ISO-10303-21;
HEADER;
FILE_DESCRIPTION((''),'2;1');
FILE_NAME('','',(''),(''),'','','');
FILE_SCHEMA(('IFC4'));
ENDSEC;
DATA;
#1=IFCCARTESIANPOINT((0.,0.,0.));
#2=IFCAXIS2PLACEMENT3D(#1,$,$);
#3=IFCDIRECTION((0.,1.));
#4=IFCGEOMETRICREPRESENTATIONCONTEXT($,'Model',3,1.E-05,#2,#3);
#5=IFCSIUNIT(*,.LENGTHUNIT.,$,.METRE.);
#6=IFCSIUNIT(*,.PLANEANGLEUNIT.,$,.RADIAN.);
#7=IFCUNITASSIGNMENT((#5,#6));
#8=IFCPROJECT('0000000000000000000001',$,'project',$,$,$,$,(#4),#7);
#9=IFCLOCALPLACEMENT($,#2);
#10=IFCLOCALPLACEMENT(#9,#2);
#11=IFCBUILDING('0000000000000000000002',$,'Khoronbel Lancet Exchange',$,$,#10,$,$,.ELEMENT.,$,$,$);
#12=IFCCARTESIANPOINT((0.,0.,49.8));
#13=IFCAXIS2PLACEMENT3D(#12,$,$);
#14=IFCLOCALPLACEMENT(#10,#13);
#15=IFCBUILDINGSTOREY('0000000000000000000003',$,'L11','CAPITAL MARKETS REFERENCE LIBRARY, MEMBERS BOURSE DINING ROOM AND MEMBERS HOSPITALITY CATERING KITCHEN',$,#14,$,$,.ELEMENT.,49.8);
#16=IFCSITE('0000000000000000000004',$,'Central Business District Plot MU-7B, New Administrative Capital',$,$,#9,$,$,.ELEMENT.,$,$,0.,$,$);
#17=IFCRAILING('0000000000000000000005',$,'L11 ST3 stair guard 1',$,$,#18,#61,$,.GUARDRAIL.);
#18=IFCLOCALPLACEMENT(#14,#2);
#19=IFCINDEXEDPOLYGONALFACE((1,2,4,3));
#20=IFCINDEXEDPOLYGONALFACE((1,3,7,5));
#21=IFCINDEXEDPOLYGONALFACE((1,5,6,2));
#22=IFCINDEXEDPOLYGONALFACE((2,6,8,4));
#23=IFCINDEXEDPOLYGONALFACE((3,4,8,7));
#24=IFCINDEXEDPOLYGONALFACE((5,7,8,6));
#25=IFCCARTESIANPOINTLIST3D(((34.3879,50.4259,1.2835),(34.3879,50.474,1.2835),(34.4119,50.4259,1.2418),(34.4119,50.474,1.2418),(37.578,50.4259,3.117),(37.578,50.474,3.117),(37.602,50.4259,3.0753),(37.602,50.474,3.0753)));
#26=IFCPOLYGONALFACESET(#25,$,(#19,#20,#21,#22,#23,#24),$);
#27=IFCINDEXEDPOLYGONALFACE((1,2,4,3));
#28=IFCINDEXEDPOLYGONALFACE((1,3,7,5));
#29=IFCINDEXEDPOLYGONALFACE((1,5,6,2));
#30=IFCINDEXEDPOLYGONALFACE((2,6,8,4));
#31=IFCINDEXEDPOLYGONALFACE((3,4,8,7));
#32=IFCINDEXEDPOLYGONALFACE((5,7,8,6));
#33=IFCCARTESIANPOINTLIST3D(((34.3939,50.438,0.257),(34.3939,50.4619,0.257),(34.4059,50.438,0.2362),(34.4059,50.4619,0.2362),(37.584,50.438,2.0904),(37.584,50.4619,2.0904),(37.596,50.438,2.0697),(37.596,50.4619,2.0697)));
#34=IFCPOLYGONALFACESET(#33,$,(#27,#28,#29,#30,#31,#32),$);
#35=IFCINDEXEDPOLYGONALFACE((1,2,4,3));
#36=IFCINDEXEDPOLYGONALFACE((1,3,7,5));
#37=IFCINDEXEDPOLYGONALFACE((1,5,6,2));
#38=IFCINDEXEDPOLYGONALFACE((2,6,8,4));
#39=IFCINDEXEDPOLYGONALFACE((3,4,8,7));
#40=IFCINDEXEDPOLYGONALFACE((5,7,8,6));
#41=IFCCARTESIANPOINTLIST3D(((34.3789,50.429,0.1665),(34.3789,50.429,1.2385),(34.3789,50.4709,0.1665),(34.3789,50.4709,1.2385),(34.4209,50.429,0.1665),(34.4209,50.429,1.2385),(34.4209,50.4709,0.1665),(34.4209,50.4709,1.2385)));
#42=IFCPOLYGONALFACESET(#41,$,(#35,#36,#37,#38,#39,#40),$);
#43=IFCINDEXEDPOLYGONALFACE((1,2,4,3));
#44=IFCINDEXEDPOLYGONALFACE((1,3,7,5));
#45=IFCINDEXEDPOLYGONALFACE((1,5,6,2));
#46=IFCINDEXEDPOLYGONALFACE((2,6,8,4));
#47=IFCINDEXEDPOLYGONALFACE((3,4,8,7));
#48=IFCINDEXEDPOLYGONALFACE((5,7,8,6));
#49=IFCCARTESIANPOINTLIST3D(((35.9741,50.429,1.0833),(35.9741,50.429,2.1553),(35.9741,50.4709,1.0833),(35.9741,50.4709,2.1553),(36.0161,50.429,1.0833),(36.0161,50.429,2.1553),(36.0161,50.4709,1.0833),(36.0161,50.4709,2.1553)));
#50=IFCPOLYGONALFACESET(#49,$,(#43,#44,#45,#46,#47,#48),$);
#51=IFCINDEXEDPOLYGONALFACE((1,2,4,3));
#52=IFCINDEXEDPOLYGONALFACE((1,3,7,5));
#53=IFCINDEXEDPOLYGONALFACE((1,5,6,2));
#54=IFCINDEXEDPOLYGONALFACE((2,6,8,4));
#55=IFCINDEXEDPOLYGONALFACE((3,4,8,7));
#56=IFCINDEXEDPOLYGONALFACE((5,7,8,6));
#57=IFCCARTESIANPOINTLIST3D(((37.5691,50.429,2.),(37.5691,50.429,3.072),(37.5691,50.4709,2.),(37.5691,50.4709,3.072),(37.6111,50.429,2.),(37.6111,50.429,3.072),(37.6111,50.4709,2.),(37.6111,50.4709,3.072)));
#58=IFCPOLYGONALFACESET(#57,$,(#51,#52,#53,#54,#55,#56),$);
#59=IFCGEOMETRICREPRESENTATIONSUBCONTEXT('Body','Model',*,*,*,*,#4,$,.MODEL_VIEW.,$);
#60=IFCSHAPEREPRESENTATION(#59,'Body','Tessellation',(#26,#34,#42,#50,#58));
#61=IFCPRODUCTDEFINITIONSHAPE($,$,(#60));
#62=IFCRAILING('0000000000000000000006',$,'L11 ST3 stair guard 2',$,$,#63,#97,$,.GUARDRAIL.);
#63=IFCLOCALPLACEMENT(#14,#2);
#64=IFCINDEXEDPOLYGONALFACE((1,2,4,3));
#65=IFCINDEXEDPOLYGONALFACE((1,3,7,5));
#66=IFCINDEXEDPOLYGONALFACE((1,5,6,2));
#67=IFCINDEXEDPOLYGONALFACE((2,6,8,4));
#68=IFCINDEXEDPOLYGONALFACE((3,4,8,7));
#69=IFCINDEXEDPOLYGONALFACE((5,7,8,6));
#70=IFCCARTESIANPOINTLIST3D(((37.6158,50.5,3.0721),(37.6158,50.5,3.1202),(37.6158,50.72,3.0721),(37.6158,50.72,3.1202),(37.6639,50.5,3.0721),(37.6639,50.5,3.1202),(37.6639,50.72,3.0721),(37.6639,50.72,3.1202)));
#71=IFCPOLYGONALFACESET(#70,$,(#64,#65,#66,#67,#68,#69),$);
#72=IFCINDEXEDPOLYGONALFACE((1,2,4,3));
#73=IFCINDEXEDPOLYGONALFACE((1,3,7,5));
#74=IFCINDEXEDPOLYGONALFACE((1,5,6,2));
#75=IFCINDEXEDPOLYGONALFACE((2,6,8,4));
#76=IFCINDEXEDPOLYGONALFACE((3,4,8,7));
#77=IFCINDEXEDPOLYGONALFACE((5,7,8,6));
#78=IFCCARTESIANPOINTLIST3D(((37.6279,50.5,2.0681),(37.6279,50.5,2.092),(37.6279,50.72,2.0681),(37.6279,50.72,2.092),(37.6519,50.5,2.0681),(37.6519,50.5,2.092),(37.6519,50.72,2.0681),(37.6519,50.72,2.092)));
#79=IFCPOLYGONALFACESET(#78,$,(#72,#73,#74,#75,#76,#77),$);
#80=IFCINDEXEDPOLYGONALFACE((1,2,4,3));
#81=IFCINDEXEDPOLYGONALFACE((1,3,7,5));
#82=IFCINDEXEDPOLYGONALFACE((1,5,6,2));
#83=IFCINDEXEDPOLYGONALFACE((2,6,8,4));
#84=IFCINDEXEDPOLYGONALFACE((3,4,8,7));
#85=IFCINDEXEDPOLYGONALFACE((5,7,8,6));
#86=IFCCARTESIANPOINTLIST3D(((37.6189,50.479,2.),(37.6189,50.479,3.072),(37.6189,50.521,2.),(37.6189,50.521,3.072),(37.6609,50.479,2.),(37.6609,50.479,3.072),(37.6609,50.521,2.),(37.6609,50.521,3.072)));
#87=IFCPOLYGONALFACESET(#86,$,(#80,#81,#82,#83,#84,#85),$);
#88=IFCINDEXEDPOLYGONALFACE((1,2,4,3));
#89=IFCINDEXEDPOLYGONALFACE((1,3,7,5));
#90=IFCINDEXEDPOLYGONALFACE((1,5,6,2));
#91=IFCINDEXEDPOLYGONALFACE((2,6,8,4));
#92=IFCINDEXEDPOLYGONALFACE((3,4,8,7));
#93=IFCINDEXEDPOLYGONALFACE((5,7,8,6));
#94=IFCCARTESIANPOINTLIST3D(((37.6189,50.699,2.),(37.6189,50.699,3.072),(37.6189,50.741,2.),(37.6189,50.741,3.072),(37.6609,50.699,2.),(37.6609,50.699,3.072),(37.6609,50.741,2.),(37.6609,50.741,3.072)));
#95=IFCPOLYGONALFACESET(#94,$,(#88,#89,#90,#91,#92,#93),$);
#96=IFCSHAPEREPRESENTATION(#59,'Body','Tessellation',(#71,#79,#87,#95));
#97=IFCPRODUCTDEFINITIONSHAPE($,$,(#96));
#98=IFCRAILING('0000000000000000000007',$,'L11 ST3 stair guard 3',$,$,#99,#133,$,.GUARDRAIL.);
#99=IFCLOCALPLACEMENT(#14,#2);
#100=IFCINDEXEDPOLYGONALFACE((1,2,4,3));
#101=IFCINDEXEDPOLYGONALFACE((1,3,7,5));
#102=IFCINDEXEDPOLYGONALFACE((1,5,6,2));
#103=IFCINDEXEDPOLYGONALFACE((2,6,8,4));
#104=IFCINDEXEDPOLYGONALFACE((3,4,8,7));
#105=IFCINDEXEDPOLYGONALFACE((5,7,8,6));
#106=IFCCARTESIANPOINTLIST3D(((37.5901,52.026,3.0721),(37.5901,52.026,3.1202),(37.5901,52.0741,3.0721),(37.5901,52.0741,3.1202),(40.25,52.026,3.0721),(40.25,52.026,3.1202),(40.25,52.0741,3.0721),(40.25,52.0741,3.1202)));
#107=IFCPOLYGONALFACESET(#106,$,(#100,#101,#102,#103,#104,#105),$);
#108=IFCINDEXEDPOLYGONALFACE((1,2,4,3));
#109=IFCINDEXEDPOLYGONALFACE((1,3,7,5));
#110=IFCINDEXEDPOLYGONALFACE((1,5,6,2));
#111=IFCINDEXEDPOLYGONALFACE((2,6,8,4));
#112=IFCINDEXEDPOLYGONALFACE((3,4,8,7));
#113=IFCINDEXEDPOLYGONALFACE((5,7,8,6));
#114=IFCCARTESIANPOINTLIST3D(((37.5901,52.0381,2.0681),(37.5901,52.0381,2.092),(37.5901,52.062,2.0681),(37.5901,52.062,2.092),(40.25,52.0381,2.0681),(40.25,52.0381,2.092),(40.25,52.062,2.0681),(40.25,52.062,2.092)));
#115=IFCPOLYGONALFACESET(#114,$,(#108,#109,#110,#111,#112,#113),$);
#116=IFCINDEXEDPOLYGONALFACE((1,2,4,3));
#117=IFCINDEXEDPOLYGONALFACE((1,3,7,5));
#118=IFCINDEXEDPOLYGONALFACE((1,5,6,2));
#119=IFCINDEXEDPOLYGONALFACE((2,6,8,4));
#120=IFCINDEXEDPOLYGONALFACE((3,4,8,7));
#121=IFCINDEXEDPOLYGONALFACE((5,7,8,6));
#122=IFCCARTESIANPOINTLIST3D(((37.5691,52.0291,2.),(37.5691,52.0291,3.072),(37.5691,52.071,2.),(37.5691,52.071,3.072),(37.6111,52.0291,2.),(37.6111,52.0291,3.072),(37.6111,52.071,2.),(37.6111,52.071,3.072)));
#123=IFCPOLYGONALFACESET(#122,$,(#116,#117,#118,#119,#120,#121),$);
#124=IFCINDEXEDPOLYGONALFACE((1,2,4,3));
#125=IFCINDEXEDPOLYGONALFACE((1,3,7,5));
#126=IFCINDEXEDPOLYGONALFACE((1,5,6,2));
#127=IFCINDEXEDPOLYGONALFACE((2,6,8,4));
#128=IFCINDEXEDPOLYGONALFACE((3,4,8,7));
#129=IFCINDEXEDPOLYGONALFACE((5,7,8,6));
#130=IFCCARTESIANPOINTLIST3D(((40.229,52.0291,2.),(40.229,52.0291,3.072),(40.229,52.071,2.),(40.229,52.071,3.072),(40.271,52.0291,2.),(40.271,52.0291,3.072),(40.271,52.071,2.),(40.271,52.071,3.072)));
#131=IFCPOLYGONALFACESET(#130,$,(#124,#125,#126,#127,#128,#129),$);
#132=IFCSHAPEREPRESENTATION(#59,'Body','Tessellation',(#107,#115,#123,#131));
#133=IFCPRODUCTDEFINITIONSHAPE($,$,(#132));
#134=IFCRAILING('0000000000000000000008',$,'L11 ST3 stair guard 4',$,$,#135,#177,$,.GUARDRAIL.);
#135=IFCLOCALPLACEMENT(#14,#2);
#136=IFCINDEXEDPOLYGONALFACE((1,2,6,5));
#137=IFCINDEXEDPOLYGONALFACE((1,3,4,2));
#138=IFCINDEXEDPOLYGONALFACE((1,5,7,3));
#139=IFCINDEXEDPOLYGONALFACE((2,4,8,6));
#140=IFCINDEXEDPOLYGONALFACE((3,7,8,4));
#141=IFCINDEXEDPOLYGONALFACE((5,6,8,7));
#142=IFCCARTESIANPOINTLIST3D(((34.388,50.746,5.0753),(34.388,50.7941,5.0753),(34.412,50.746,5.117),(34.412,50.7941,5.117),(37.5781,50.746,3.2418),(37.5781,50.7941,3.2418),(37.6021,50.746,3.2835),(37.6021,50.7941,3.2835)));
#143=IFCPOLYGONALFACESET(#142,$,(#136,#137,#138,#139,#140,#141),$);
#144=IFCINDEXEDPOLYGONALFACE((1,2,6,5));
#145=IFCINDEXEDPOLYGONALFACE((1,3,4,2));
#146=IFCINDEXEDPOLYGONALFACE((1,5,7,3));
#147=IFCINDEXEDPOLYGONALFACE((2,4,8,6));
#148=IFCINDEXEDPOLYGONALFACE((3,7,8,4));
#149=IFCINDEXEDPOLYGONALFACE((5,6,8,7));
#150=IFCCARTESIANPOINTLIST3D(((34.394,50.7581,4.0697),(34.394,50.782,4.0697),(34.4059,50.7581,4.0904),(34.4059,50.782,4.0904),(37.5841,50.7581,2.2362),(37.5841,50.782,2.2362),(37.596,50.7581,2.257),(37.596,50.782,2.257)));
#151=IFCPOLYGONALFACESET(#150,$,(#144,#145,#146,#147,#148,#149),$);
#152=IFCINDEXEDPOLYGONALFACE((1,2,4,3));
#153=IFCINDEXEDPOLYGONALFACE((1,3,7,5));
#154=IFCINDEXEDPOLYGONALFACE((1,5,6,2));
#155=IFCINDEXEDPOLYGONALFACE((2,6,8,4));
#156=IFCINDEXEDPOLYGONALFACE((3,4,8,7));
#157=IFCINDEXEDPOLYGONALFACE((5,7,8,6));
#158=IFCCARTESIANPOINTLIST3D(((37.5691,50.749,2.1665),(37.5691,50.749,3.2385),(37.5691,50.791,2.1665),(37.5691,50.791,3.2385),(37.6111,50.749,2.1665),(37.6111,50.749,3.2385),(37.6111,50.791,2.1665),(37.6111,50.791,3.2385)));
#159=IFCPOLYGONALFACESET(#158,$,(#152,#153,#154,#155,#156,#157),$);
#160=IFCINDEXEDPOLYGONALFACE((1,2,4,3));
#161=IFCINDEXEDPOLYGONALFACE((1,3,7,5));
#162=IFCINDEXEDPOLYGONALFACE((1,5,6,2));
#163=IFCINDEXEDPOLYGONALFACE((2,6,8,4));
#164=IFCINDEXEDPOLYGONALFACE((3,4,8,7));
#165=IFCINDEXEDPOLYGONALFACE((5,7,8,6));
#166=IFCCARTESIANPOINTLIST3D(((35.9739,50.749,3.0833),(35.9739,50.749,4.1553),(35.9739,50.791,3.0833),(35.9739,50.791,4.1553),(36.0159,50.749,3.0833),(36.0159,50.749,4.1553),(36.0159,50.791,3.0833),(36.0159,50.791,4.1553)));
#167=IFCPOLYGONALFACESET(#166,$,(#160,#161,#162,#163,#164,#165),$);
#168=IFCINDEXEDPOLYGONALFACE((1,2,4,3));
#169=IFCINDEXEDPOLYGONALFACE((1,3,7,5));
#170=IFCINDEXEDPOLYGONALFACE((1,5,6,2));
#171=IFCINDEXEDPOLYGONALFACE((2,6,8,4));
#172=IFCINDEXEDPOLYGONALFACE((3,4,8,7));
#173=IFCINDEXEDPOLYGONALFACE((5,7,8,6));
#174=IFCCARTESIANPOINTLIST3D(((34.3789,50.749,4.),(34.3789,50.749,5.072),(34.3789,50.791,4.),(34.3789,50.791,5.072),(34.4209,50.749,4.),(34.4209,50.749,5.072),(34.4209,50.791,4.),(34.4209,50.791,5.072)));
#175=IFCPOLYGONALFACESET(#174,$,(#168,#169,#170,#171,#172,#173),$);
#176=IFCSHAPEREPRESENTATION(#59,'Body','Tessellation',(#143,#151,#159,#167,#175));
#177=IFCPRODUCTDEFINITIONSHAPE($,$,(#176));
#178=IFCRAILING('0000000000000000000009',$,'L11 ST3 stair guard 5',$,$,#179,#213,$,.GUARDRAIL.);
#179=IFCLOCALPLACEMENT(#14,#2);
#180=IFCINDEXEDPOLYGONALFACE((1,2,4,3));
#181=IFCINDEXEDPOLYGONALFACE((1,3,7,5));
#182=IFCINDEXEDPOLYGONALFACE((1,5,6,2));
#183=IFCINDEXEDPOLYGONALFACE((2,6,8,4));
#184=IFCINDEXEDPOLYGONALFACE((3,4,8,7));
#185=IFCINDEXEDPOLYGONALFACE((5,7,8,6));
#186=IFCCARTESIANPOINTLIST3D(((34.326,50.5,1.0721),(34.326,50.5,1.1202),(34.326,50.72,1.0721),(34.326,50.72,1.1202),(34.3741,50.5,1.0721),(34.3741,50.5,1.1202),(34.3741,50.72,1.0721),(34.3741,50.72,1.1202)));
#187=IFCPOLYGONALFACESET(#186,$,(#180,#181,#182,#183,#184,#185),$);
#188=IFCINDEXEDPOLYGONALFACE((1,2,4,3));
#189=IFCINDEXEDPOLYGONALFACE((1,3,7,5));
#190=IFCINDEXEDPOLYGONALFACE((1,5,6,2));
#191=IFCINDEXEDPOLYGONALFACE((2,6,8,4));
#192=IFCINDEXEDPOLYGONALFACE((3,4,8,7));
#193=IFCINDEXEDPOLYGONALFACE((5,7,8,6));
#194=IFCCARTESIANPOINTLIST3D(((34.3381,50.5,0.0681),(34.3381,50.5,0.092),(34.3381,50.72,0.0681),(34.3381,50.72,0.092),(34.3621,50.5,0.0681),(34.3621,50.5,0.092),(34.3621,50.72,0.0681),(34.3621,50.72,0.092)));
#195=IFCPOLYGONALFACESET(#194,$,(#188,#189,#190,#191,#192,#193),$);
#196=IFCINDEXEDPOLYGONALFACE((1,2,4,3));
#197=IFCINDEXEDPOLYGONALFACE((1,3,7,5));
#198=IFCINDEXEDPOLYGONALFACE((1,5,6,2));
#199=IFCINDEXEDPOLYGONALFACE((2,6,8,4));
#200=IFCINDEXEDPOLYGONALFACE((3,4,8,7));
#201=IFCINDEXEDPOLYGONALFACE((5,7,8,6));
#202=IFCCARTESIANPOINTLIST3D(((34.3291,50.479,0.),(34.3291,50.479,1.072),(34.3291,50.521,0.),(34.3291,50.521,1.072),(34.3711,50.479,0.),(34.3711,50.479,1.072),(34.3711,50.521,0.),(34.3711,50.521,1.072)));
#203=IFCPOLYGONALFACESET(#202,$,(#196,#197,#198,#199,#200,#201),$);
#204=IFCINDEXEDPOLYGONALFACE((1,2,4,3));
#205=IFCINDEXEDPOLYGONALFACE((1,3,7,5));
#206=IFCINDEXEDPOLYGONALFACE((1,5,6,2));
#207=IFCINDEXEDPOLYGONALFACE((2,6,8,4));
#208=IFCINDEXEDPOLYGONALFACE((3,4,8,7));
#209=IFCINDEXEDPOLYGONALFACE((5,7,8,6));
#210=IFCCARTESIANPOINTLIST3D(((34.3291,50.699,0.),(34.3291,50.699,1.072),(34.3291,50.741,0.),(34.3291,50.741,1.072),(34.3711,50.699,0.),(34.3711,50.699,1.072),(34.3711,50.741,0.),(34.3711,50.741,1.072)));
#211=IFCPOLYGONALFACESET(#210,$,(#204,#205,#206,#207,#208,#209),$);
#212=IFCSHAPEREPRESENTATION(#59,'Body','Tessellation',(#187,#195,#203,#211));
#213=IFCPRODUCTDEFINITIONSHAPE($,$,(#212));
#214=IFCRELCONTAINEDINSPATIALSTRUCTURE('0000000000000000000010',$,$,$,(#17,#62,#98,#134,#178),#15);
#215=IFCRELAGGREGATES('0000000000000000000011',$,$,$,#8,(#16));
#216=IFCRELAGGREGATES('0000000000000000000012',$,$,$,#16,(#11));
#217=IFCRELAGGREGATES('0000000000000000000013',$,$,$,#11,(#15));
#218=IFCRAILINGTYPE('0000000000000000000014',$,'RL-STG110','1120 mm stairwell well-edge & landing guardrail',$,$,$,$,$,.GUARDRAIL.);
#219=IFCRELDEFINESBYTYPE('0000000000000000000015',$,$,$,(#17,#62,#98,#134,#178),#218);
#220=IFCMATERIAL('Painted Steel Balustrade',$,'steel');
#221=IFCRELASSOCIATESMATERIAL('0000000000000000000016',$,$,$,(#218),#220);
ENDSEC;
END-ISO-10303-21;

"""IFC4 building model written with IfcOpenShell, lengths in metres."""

from ifc_helpers import new_model, si_unit, direction, frame, origin, origin_2d, place, context, subcontext, project, spatial, rectangle, extrude, material, type_object, element, save


model = new_model("IFC4")

# Units and contexts
model_context = context("Model", 3, precision=1e-05, world=origin(), true_north=direction((0.0, 1.0)))
body_context = subcontext(model_context, "Body", "Model", "MODEL_VIEW")
ifc_project = project(units=[si_unit("LENGTHUNIT", "METRE"), si_unit("PLANEANGLEUNIT", "RADIAN")], contexts=[model_context])

# Site, building, storey
site_placement = place(None, origin())
site = spatial("IfcSite", under=ifc_project, at=site_placement, Name="Central Business District Plot MU-7B, New Administrative Capital", CompositionType="ELEMENT", RefElevation=0.0)
building_placement = place(site_placement, origin())
building = spatial("IfcBuilding", under=site, at=building_placement, Name="Khoronbel Lancet Exchange", CompositionType="ELEMENT")
storey_placement = place(building_placement, frame((0.0, 0.0, 49.8)))
storey = spatial("IfcBuildingStorey", under=building, at=storey_placement, Name="L11", Description="CAPITAL MARKETS REFERENCE LIBRARY, MEMBERS BOURSE DINING ROOM AND MEMBERS HOSPITALITY CATERING KITCHEN", CompositionType="ELEMENT", Elevation=49.8)

# Railings
ifc_material_1 = material(Name="Painted Steel Balustrade", Category="steel")
railing_type_1 = type_object("IfcRailingType", Name="RL-STG110", Description="1120 mm stairwell well-edge & landing guardrail", PredefinedType="GUARDRAIL", material=ifc_material_1)
railing_1_placement = place(storey_placement, frame((34.3999, 50.45, 0.1665)))
element("IfcRailing", 1, at=railing_1_placement, inside=storey, type_object=railing_type_1, Name="L11 ST3 stair guard 1", PredefinedType="GUARDRAIL", context=body_context, shape_type="SweptSolid", body=[
    extrude(rectangle(XDim=0.0481, YDim=0.0481, at=origin_2d()), frame((0.0, 0.0, 1.0962), z_axis=(0.867007, 0.0, 0.498295), x_axis=(0.0, 1.0, 0.0)), (0.0, 0.0, 1.0), 3.6794),
    extrude(rectangle(XDim=0.0239, YDim=0.0239, at=origin_2d()), frame((0.0, 0.0, 0.0801), z_axis=(0.867007, 0.0, 0.498295), x_axis=(0.0, 1.0, 0.0)), (0.0, 0.0, 1.0), 3.6794),
    extrude(rectangle(XDim=0.042, YDim=0.042, at=origin_2d()), origin(), (0.0, 0.0, 1.0), 1.072),
    extrude(rectangle(XDim=0.042, YDim=0.042, at=origin_2d()), frame((1.5952, 0.0, 0.9167)), (0.0, 0.0, 1.0), 1.072),
    extrude(rectangle(XDim=0.042, YDim=0.042, at=origin_2d()), frame((3.1902, 0.0, 1.8335)), (0.0, 0.0, 1.0), 1.072),
])
railing_2_placement = place(storey_placement, frame((37.6399, 50.5, 2.0)))
element("IfcRailing", 2, at=railing_2_placement, inside=storey, type_object=railing_type_1, Name="L11 ST3 stair guard 2", PredefinedType="GUARDRAIL", context=body_context, shape_type="SweptSolid", body=[
    extrude(rectangle(XDim=0.0481, YDim=0.0481, at=origin_2d()), frame((0.0, 0.0, 1.0962), z_axis=(0.0, 1.0, 0.0), x_axis=(-1.0, 0.0, 0.0)), (0.0, 0.0, 1.0), 0.22),
    extrude(rectangle(XDim=0.0239, YDim=0.0239, at=origin_2d()), frame((0.0, 0.0, 0.0801), z_axis=(0.0, 1.0, 0.0), x_axis=(-1.0, 0.0, 0.0)), (0.0, 0.0, 1.0), 0.22),
    extrude(rectangle(XDim=0.042, YDim=0.042, at=origin_2d()), origin(), (0.0, 0.0, 1.0), 1.072),
    extrude(rectangle(XDim=0.042, YDim=0.042, at=origin_2d()), frame((0.0, 0.22, 0.0)), (0.0, 0.0, 1.0), 1.072),
])
railing_3_placement = place(storey_placement, frame((37.5901, 52.05, 2.0)))
element("IfcRailing", 3, at=railing_3_placement, inside=storey, type_object=railing_type_1, Name="L11 ST3 stair guard 3", PredefinedType="GUARDRAIL", context=body_context, shape_type="SweptSolid", body=[
    extrude(rectangle(XDim=0.0481, YDim=0.0481, at=origin_2d()), frame((0.0, 0.0, 1.0962), z_axis=(1.0, 0.0, 0.0), x_axis=(0.0, 1.0, 0.0)), (0.0, 0.0, 1.0), 2.6599),
    extrude(rectangle(XDim=0.0239, YDim=0.0239, at=origin_2d()), frame((0.0, 0.0, 0.0801), z_axis=(1.0, 0.0, 0.0), x_axis=(0.0, 1.0, 0.0)), (0.0, 0.0, 1.0), 2.6599),
    extrude(rectangle(XDim=0.042, YDim=0.042, at=origin_2d()), origin(), (0.0, 0.0, 1.0), 1.072),
    extrude(rectangle(XDim=0.042, YDim=0.042, at=origin_2d()), frame((2.6599, 0.0, 0.0)), (0.0, 0.0, 1.0), 1.072),
])
railing_4_placement = place(storey_placement, frame((37.5901, 50.77, 2.1665)))
element("IfcRailing", 4, at=railing_4_placement, inside=storey, type_object=railing_type_1, Name="L11 ST3 stair guard 4", PredefinedType="GUARDRAIL", context=body_context, shape_type="SweptSolid", body=[
    extrude(rectangle(XDim=0.0481, YDim=0.0481, at=origin_2d()), frame((0.0, 0.0, 1.0962), z_axis=(-0.867007, 0.0, 0.498295), x_axis=(0.0, -1.0, 0.0)), (0.0, 0.0, 1.0), 3.6794),
    extrude(rectangle(XDim=0.0239, YDim=0.0239, at=origin_2d()), frame((0.0, 0.0, 0.0801), z_axis=(-0.867007, 0.0, 0.498295), x_axis=(0.0, -1.0, 0.0)), (0.0, 0.0, 1.0), 3.6794),
    extrude(rectangle(XDim=0.042, YDim=0.042, at=origin_2d()), origin(), (0.0, 0.0, 1.0), 1.072),
    extrude(rectangle(XDim=0.042, YDim=0.042, at=origin_2d()), frame((-1.5952, 0.0, 0.9167)), (0.0, 0.0, 1.0), 1.072),
    extrude(rectangle(XDim=0.042, YDim=0.042, at=origin_2d()), frame((-3.1902, 0.0, 1.8335)), (0.0, 0.0, 1.0), 1.072),
])
railing_5_placement = place(storey_placement, frame((34.3501, 50.5, 0.0)))
element("IfcRailing", 5, at=railing_5_placement, inside=storey, type_object=railing_type_1, Name="L11 ST3 stair guard 5", PredefinedType="GUARDRAIL", context=body_context, shape_type="SweptSolid", body=[
    extrude(rectangle(XDim=0.0481, YDim=0.0481, at=origin_2d()), frame((0.0, 0.0, 1.0962), z_axis=(0.0, 1.0, 0.0), x_axis=(-1.0, 0.0, 0.0)), (0.0, 0.0, 1.0), 0.22),
    extrude(rectangle(XDim=0.0239, YDim=0.0239, at=origin_2d()), frame((0.0, 0.0, 0.0801), z_axis=(0.0, 1.0, 0.0), x_axis=(-1.0, 0.0, 0.0)), (0.0, 0.0, 1.0), 0.22),
    extrude(rectangle(XDim=0.042, YDim=0.042, at=origin_2d()), origin(), (0.0, 0.0, 1.0), 1.072),
    extrude(rectangle(XDim=0.042, YDim=0.042, at=origin_2d()), frame((0.0, 0.22, 0.0)), (0.0, 0.0, 1.0), 1.072),
])

save(model, "model.ifc")
